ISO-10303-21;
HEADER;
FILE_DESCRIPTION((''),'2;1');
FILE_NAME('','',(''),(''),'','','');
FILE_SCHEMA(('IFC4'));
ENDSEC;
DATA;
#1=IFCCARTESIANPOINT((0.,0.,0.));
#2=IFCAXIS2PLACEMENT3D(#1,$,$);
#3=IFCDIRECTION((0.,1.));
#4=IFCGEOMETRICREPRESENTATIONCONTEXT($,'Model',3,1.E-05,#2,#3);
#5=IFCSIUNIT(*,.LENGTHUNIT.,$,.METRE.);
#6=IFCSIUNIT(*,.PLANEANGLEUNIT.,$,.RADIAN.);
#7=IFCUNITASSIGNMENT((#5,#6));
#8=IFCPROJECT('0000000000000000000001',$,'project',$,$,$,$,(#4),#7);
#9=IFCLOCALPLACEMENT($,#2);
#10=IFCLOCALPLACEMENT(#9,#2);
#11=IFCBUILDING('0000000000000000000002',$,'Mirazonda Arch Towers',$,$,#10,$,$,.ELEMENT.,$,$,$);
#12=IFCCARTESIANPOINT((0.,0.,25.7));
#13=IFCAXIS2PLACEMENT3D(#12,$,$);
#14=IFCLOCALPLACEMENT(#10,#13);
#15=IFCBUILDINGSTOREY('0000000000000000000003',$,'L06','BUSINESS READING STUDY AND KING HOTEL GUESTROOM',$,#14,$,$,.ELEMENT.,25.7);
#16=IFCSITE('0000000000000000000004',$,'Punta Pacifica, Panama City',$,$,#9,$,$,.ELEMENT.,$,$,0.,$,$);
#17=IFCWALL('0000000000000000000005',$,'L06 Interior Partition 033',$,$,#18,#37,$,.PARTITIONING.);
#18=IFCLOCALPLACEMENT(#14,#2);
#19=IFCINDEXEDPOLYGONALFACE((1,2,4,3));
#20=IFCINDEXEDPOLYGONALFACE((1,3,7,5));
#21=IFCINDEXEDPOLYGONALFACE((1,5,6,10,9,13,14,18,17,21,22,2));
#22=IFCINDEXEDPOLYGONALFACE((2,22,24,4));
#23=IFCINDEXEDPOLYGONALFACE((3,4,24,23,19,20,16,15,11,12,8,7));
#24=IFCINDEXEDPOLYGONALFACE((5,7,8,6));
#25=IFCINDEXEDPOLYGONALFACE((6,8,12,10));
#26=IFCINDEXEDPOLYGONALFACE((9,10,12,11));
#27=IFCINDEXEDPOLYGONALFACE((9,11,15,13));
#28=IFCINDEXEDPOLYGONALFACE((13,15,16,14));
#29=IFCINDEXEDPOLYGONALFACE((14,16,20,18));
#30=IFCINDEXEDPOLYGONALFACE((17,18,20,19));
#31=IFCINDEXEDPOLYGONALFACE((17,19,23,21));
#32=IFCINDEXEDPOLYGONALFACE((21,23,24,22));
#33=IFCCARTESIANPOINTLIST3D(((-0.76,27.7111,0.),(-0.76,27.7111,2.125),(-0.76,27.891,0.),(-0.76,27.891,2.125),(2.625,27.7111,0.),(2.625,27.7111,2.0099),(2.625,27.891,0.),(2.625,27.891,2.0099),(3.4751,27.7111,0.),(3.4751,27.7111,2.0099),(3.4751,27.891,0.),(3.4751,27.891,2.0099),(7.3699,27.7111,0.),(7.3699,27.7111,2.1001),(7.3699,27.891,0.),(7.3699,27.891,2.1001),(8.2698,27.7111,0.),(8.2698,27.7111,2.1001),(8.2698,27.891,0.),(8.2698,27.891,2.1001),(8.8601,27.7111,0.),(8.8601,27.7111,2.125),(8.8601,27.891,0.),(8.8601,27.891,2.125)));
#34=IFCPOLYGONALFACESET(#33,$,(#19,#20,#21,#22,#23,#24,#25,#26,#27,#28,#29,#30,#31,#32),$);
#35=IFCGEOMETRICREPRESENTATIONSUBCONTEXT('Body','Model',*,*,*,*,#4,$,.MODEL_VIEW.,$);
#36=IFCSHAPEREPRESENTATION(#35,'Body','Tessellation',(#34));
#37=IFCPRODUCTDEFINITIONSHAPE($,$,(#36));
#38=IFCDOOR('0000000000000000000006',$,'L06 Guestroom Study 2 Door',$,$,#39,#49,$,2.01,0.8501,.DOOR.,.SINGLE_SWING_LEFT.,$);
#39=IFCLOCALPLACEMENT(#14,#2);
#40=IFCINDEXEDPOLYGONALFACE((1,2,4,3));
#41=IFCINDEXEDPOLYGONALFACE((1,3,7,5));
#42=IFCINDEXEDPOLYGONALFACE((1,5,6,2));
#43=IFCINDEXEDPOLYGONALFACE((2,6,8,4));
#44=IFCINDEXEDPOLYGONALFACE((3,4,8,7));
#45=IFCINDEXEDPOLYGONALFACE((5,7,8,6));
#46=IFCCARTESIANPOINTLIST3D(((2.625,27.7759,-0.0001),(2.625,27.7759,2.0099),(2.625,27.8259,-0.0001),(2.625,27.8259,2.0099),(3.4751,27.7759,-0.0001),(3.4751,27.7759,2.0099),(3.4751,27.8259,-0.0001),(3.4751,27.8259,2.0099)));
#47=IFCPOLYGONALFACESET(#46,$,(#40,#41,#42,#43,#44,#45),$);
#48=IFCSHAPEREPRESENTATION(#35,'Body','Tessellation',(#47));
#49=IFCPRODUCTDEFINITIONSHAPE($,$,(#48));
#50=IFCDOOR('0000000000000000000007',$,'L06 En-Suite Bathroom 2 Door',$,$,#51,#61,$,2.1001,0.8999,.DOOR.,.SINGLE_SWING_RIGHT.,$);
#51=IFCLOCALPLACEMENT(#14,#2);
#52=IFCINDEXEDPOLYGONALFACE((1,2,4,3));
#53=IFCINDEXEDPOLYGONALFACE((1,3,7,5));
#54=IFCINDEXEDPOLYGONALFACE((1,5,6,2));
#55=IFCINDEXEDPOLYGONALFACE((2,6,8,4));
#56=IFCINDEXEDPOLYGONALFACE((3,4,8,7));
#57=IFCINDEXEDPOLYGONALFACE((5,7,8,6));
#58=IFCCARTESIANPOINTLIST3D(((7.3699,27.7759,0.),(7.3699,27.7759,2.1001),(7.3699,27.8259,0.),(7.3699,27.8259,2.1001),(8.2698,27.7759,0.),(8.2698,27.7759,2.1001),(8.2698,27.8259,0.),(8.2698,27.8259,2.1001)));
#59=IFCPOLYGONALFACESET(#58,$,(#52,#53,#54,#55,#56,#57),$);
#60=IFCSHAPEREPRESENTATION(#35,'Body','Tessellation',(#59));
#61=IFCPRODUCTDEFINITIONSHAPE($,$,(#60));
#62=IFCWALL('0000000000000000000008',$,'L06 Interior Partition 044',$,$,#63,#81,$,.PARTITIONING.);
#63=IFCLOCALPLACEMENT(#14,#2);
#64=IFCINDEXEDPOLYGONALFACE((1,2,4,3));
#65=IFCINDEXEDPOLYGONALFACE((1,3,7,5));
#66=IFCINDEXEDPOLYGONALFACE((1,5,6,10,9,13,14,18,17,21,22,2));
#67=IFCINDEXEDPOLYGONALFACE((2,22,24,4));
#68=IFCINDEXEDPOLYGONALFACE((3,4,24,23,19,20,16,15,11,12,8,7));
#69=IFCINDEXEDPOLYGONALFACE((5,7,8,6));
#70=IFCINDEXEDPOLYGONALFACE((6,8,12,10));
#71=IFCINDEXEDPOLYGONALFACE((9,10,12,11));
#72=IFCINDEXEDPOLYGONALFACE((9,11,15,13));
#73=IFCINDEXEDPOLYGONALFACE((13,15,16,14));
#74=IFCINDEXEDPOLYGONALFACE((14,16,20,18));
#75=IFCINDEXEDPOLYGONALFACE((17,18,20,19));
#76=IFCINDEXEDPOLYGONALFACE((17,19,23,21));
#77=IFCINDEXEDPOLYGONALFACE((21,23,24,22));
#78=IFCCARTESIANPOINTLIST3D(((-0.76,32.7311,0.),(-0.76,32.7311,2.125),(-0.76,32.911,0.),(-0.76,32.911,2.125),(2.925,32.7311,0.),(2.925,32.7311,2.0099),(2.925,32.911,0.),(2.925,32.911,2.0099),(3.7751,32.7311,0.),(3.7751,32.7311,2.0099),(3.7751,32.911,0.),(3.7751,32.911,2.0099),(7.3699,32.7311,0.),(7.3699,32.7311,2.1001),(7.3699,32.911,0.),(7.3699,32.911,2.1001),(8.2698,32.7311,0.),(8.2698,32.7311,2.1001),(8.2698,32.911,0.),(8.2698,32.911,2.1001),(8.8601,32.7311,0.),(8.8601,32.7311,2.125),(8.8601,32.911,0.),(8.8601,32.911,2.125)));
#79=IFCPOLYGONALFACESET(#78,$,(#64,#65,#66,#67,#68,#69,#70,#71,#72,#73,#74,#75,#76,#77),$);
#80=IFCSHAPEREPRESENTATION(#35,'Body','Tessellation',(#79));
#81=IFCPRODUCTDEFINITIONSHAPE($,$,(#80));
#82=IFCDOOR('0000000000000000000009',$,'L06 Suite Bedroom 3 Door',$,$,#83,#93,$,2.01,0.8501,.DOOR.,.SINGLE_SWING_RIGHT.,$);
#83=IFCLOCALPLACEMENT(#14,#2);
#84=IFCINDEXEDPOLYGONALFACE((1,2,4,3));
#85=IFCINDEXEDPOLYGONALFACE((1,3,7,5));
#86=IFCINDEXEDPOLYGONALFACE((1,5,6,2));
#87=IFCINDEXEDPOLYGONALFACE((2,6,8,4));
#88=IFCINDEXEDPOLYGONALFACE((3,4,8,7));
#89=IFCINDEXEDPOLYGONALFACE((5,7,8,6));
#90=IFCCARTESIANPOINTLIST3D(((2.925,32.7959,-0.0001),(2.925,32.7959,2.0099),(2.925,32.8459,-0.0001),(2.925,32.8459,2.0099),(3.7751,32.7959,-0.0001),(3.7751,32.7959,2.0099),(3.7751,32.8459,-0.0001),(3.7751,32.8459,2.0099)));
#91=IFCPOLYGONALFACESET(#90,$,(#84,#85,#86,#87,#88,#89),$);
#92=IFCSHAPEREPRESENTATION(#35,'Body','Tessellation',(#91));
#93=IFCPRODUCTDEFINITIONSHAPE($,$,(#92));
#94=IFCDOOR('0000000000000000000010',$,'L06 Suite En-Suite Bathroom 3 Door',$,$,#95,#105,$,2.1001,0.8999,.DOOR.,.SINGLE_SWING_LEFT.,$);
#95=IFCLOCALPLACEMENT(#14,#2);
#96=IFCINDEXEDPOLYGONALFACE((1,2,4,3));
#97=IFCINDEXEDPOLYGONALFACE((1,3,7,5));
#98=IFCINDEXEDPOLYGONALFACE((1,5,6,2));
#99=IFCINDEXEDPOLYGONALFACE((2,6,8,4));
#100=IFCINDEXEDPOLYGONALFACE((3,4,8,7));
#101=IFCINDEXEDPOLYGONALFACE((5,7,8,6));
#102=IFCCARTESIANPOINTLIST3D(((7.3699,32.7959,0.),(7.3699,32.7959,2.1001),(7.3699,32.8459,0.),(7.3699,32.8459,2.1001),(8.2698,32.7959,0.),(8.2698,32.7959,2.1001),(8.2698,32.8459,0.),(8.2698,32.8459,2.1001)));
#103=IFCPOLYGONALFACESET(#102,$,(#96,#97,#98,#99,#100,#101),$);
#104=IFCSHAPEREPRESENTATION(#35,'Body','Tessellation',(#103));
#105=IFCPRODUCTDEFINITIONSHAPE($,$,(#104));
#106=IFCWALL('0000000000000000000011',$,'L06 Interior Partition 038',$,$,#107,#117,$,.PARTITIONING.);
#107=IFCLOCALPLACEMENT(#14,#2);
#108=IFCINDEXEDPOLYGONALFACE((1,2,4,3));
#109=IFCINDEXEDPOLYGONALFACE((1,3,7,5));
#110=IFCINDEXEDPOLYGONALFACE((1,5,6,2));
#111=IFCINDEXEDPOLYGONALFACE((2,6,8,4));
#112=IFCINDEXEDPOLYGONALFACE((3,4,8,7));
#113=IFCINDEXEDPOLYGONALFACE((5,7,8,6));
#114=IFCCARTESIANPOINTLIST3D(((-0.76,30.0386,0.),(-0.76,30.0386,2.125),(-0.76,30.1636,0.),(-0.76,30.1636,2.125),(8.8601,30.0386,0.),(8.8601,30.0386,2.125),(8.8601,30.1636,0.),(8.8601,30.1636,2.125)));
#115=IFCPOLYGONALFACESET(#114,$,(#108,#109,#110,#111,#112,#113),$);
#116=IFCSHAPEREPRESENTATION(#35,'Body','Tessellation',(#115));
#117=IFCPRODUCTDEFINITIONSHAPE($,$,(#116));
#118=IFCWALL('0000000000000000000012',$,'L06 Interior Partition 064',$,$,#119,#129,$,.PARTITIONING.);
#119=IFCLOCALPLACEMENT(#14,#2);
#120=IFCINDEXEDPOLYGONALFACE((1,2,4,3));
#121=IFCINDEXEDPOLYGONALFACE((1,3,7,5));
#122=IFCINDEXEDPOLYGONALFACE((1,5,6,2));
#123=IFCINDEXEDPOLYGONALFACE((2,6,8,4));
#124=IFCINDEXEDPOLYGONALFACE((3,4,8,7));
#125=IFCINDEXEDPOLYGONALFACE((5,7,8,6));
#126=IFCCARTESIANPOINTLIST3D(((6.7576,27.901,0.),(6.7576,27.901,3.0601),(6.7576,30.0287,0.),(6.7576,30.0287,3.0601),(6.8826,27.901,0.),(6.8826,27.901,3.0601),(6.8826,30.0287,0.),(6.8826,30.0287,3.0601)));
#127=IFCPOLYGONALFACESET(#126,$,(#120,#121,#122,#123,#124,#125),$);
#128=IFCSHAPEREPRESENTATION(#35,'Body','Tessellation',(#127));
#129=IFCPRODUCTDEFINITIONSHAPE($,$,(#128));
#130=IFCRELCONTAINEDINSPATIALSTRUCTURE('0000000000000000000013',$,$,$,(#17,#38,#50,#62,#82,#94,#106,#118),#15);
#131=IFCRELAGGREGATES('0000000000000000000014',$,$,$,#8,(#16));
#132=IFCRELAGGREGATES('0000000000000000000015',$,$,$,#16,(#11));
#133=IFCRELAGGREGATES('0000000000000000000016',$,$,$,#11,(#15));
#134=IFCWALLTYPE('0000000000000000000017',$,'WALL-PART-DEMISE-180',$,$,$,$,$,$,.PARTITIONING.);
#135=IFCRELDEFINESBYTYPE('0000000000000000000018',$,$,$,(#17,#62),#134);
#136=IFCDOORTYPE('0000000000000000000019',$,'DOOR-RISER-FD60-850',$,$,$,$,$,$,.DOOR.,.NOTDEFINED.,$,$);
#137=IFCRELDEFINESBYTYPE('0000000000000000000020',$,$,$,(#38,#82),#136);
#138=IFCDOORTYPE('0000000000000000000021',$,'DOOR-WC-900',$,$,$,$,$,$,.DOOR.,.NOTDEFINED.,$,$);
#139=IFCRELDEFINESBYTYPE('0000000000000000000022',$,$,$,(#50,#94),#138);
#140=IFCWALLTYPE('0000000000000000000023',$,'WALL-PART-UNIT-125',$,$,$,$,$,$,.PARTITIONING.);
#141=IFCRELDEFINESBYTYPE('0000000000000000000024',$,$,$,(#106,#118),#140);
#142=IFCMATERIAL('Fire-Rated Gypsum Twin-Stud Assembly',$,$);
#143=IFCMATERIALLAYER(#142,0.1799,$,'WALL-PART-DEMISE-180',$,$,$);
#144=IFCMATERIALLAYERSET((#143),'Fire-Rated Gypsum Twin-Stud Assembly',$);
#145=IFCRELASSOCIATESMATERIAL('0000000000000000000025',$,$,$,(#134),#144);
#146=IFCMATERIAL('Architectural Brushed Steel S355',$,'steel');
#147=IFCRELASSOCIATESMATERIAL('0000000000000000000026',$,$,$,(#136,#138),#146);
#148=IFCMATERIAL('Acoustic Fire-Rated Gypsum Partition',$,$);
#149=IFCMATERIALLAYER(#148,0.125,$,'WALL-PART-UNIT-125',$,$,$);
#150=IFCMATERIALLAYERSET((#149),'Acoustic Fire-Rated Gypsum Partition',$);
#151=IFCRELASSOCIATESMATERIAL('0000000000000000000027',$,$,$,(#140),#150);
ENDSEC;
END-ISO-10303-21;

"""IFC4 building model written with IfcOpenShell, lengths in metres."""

from ifc_helpers import new_model, si_unit, direction, frame, frame_2d, origin, place, context, subcontext, project, spatial, rectangle, extrude, material, layer, layer_set, type_object, element, fill, save


model = new_model("IFC4")

# Units and contexts
model_context = context("Model", 3, precision=1e-05, world=origin(), true_north=direction((0.0, 1.0)))
body_context = subcontext(model_context, "Body", "Model", "MODEL_VIEW")
ifc_project = project(units=[si_unit("LENGTHUNIT", "METRE"), si_unit("PLANEANGLEUNIT", "RADIAN")], contexts=[model_context])

# Site, building, storey
site_placement = place(None, origin())
site = spatial("IfcSite", under=ifc_project, at=site_placement, Name="Punta Pacifica, Panama City", CompositionType="ELEMENT", RefElevation=0.0)
building_placement = place(site_placement, origin())
building = spatial("IfcBuilding", under=site, at=building_placement, Name="Mirazonda Arch Towers", CompositionType="ELEMENT")
storey_placement = place(building_placement, frame((0.0, 0.0, 25.7)))
storey = spatial("IfcBuildingStorey", under=building, at=storey_placement, Name="L06", Description="BUSINESS READING STUDY AND KING HOTEL GUESTROOM", CompositionType="ELEMENT", Elevation=25.7)

# Walls, openings, doors
ifc_material_1 = material(Name="Fire-Rated Gypsum Twin-Stud Assembly")
ifc_layer_1 = layer(ifc_material_1, 0.1799, Name="WALL-PART-DEMISE-180")
ifc_layer_set_1 = layer_set([ifc_layer_1], Name="Fire-Rated Gypsum Twin-Stud Assembly")
wall_type_1 = type_object("IfcWallType", Name="WALL-PART-DEMISE-180", PredefinedType="PARTITIONING", material=ifc_layer_set_1)
wall_1_placement = place(storey_placement, frame((-0.76, 27.801, 0.0), z_axis=(0.0, 0.0, 1.0), x_axis=(1.0, 0.0, 0.0)))
wall_1 = element("IfcWall", 1, at=wall_1_placement, inside=storey, type_object=wall_type_1, Name="L06 Interior Partition 033", PredefinedType="PARTITIONING", context=body_context, shape_type="SweptSolid", body=[
    extrude(rectangle(XDim=9.6201, YDim=0.1799, at=frame_2d((4.8101, 0.0))), origin(), (0.0, 0.0, 1.0), 2.125),
])
opening_1_placement = place(wall_1_placement, frame((3.385, 0.0, 0.0)))
opening_1 = element("IfcOpeningElement", 2, at=opening_1_placement, cuts=wall_1, PredefinedType="OPENING", context=body_context, shape_type="SweptSolid", body=[
    extrude(rectangle(XDim=0.8501, YDim=2.01, at=frame_2d((0.425, 1.0049))), frame((0.0, 0.0999, 0.0), z_axis=(0.0, -1.0, 0.0), x_axis=(1.0, 0.0, 0.0)), (0.0, 0.0, 1.0), 0.2),
])
opening_2_placement = place(wall_1_placement, frame((8.1299, 0.0, 0.0)))
opening_2 = element("IfcOpeningElement", 3, at=opening_2_placement, cuts=wall_1, PredefinedType="OPENING", context=body_context, shape_type="SweptSolid", body=[
    extrude(rectangle(XDim=0.8999, YDim=2.1001, at=frame_2d((0.45, 1.05))), frame((0.0, 0.0999, 0.0), z_axis=(0.0, -1.0, 0.0), x_axis=(1.0, 0.0, 0.0)), (0.0, 0.0, 1.0), 0.2),
])
ifc_material_2 = material(Name="Architectural Brushed Steel S355", Category="steel")
door_type_1 = type_object("IfcDoorType", Name="DOOR-RISER-FD60-850", OperationType="NOTDEFINED", PredefinedType="DOOR", material=ifc_material_2)
door_1_placement = place(opening_1_placement, origin())
door_1 = element("IfcDoor", 4, at=door_1_placement, inside=storey, type_object=door_type_1, Name="L06 Guestroom Study 2 Door", OperationType="SINGLE_SWING_LEFT", OverallHeight=2.01, OverallWidth=0.8501, PredefinedType="DOOR", context=body_context, shape_type="SweptSolid", body=[
    extrude(rectangle(XDim=0.8501, YDim=2.01, at=frame_2d((0.425, 1.0049))), frame((0.0, 0.0249, 0.0), z_axis=(0.0, -1.0, 0.0), x_axis=(1.0, 0.0, 0.0)), (0.0, 0.0, 1.0), 0.05),
])
fill(opening_1, door_1)
door_type_2 = type_object("IfcDoorType", Name="DOOR-WC-900", OperationType="NOTDEFINED", PredefinedType="DOOR", material=ifc_material_2)
door_2_placement = place(opening_2_placement, origin())
door_2 = element("IfcDoor", 5, at=door_2_placement, inside=storey, type_object=door_type_2, Name="L06 En-Suite Bathroom 2 Door", OperationType="SINGLE_SWING_RIGHT", OverallHeight=2.1001, OverallWidth=0.8999, PredefinedType="DOOR", context=body_context, shape_type="SweptSolid", body=[
    extrude(rectangle(XDim=0.8999, YDim=2.1001, at=frame_2d((0.45, 1.05))), frame((0.0, 0.0249, 0.0), z_axis=(0.0, -1.0, 0.0), x_axis=(1.0, 0.0, 0.0)), (0.0, 0.0, 1.0), 0.05),
])
fill(opening_2, door_2)
wall_2_placement = place(storey_placement, frame((-0.76, 32.821, 0.0), z_axis=(0.0, 0.0, 1.0), x_axis=(1.0, 0.0, 0.0)))
wall_2 = element("IfcWall", 6, at=wall_2_placement, inside=storey, type_object=wall_type_1, Name="L06 Interior Partition 044", PredefinedType="PARTITIONING", context=body_context, shape_type="SweptSolid", body=[
    extrude(rectangle(XDim=9.6201, YDim=0.1799, at=frame_2d((4.8101, 0.0))), origin(), (0.0, 0.0, 1.0), 2.125),
])
opening_3_placement = place(wall_2_placement, frame((3.6851, 0.0, 0.0)))
opening_3 = element("IfcOpeningElement", 7, at=opening_3_placement, cuts=wall_2, PredefinedType="OPENING", context=body_context, shape_type="SweptSolid", body=[
    extrude(rectangle(XDim=0.8501, YDim=2.01, at=frame_2d((0.425, 1.0049))), frame((0.0, 0.0999, 0.0), z_axis=(0.0, -1.0, 0.0), x_axis=(1.0, 0.0, 0.0)), (0.0, 0.0, 1.0), 0.2),
])
opening_4_placement = place(wall_2_placement, frame((8.1299, 0.0, 0.0)))
opening_4 = element("IfcOpeningElement", 8, at=opening_4_placement, cuts=wall_2, PredefinedType="OPENING", context=body_context, shape_type="SweptSolid", body=[
    extrude(rectangle(XDim=0.8999, YDim=2.1001, at=frame_2d((0.45, 1.05))), frame((0.0, 0.0999, 0.0), z_axis=(0.0, -1.0, 0.0), x_axis=(1.0, 0.0, 0.0)), (0.0, 0.0, 1.0), 0.2),
])
door_3_placement = place(opening_3_placement, origin())
door_3 = element("IfcDoor", 9, at=door_3_placement, inside=storey, type_object=door_type_1, Name="L06 Suite Bedroom 3 Door", OperationType="SINGLE_SWING_RIGHT", OverallHeight=2.01, OverallWidth=0.8501, PredefinedType="DOOR", context=body_context, shape_type="SweptSolid", body=[
    extrude(rectangle(XDim=0.8501, YDim=2.01, at=frame_2d((0.425, 1.0049))), frame((0.0, 0.0249, 0.0), z_axis=(0.0, -1.0, 0.0), x_axis=(1.0, 0.0, 0.0)), (0.0, 0.0, 1.0), 0.05),
])
fill(opening_3, door_3)
door_4_placement = place(opening_4_placement, origin())
door_4 = element("IfcDoor", 10, at=door_4_placement, inside=storey, type_object=door_type_2, Name="L06 Suite En-Suite Bathroom 3 Door", OperationType="SINGLE_SWING_LEFT", OverallHeight=2.1001, OverallWidth=0.8999, PredefinedType="DOOR", context=body_context, shape_type="SweptSolid", body=[
    extrude(rectangle(XDim=0.8999, YDim=2.1001, at=frame_2d((0.45, 1.05))), frame((0.0, 0.0249, 0.0), z_axis=(0.0, -1.0, 0.0), x_axis=(1.0, 0.0, 0.0)), (0.0, 0.0, 1.0), 0.05),
])
fill(opening_4, door_4)

# Walls
ifc_material_3 = material(Name="Acoustic Fire-Rated Gypsum Partition")
ifc_layer_2 = layer(ifc_material_3, 0.125, Name="WALL-PART-UNIT-125")
ifc_layer_set_2 = layer_set([ifc_layer_2], Name="Acoustic Fire-Rated Gypsum Partition")
wall_type_2 = type_object("IfcWallType", Name="WALL-PART-UNIT-125", PredefinedType="PARTITIONING", material=ifc_layer_set_2)
wall_3_placement = place(storey_placement, frame((-0.76, 30.1011, 0.0), z_axis=(0.0, 0.0, 1.0), x_axis=(1.0, 0.0, 0.0)))
element("IfcWall", 11, at=wall_3_placement, inside=storey, type_object=wall_type_2, Name="L06 Interior Partition 038", PredefinedType="PARTITIONING", context=body_context, shape_type="SweptSolid", body=[
    extrude(rectangle(XDim=9.6201, YDim=0.125, at=frame_2d((4.8101, 0.0))), origin(), (0.0, 0.0, 1.0), 2.125),
])
wall_4_placement = place(storey_placement, frame((6.8201, 27.9009, 0.0), z_axis=(0.0, 0.0, 1.0), x_axis=(0.0, 1.0, 0.0)))
element("IfcWall", 12, at=wall_4_placement, inside=storey, type_object=wall_type_2, Name="L06 Interior Partition 064", PredefinedType="PARTITIONING", context=body_context, shape_type="SweptSolid", body=[
    extrude(rectangle(XDim=2.1277, YDim=0.125, at=frame_2d((1.064, 0.0))), origin(), (0.0, 0.0, 1.0), 3.0601),
])

save(model, "model.ifc")
